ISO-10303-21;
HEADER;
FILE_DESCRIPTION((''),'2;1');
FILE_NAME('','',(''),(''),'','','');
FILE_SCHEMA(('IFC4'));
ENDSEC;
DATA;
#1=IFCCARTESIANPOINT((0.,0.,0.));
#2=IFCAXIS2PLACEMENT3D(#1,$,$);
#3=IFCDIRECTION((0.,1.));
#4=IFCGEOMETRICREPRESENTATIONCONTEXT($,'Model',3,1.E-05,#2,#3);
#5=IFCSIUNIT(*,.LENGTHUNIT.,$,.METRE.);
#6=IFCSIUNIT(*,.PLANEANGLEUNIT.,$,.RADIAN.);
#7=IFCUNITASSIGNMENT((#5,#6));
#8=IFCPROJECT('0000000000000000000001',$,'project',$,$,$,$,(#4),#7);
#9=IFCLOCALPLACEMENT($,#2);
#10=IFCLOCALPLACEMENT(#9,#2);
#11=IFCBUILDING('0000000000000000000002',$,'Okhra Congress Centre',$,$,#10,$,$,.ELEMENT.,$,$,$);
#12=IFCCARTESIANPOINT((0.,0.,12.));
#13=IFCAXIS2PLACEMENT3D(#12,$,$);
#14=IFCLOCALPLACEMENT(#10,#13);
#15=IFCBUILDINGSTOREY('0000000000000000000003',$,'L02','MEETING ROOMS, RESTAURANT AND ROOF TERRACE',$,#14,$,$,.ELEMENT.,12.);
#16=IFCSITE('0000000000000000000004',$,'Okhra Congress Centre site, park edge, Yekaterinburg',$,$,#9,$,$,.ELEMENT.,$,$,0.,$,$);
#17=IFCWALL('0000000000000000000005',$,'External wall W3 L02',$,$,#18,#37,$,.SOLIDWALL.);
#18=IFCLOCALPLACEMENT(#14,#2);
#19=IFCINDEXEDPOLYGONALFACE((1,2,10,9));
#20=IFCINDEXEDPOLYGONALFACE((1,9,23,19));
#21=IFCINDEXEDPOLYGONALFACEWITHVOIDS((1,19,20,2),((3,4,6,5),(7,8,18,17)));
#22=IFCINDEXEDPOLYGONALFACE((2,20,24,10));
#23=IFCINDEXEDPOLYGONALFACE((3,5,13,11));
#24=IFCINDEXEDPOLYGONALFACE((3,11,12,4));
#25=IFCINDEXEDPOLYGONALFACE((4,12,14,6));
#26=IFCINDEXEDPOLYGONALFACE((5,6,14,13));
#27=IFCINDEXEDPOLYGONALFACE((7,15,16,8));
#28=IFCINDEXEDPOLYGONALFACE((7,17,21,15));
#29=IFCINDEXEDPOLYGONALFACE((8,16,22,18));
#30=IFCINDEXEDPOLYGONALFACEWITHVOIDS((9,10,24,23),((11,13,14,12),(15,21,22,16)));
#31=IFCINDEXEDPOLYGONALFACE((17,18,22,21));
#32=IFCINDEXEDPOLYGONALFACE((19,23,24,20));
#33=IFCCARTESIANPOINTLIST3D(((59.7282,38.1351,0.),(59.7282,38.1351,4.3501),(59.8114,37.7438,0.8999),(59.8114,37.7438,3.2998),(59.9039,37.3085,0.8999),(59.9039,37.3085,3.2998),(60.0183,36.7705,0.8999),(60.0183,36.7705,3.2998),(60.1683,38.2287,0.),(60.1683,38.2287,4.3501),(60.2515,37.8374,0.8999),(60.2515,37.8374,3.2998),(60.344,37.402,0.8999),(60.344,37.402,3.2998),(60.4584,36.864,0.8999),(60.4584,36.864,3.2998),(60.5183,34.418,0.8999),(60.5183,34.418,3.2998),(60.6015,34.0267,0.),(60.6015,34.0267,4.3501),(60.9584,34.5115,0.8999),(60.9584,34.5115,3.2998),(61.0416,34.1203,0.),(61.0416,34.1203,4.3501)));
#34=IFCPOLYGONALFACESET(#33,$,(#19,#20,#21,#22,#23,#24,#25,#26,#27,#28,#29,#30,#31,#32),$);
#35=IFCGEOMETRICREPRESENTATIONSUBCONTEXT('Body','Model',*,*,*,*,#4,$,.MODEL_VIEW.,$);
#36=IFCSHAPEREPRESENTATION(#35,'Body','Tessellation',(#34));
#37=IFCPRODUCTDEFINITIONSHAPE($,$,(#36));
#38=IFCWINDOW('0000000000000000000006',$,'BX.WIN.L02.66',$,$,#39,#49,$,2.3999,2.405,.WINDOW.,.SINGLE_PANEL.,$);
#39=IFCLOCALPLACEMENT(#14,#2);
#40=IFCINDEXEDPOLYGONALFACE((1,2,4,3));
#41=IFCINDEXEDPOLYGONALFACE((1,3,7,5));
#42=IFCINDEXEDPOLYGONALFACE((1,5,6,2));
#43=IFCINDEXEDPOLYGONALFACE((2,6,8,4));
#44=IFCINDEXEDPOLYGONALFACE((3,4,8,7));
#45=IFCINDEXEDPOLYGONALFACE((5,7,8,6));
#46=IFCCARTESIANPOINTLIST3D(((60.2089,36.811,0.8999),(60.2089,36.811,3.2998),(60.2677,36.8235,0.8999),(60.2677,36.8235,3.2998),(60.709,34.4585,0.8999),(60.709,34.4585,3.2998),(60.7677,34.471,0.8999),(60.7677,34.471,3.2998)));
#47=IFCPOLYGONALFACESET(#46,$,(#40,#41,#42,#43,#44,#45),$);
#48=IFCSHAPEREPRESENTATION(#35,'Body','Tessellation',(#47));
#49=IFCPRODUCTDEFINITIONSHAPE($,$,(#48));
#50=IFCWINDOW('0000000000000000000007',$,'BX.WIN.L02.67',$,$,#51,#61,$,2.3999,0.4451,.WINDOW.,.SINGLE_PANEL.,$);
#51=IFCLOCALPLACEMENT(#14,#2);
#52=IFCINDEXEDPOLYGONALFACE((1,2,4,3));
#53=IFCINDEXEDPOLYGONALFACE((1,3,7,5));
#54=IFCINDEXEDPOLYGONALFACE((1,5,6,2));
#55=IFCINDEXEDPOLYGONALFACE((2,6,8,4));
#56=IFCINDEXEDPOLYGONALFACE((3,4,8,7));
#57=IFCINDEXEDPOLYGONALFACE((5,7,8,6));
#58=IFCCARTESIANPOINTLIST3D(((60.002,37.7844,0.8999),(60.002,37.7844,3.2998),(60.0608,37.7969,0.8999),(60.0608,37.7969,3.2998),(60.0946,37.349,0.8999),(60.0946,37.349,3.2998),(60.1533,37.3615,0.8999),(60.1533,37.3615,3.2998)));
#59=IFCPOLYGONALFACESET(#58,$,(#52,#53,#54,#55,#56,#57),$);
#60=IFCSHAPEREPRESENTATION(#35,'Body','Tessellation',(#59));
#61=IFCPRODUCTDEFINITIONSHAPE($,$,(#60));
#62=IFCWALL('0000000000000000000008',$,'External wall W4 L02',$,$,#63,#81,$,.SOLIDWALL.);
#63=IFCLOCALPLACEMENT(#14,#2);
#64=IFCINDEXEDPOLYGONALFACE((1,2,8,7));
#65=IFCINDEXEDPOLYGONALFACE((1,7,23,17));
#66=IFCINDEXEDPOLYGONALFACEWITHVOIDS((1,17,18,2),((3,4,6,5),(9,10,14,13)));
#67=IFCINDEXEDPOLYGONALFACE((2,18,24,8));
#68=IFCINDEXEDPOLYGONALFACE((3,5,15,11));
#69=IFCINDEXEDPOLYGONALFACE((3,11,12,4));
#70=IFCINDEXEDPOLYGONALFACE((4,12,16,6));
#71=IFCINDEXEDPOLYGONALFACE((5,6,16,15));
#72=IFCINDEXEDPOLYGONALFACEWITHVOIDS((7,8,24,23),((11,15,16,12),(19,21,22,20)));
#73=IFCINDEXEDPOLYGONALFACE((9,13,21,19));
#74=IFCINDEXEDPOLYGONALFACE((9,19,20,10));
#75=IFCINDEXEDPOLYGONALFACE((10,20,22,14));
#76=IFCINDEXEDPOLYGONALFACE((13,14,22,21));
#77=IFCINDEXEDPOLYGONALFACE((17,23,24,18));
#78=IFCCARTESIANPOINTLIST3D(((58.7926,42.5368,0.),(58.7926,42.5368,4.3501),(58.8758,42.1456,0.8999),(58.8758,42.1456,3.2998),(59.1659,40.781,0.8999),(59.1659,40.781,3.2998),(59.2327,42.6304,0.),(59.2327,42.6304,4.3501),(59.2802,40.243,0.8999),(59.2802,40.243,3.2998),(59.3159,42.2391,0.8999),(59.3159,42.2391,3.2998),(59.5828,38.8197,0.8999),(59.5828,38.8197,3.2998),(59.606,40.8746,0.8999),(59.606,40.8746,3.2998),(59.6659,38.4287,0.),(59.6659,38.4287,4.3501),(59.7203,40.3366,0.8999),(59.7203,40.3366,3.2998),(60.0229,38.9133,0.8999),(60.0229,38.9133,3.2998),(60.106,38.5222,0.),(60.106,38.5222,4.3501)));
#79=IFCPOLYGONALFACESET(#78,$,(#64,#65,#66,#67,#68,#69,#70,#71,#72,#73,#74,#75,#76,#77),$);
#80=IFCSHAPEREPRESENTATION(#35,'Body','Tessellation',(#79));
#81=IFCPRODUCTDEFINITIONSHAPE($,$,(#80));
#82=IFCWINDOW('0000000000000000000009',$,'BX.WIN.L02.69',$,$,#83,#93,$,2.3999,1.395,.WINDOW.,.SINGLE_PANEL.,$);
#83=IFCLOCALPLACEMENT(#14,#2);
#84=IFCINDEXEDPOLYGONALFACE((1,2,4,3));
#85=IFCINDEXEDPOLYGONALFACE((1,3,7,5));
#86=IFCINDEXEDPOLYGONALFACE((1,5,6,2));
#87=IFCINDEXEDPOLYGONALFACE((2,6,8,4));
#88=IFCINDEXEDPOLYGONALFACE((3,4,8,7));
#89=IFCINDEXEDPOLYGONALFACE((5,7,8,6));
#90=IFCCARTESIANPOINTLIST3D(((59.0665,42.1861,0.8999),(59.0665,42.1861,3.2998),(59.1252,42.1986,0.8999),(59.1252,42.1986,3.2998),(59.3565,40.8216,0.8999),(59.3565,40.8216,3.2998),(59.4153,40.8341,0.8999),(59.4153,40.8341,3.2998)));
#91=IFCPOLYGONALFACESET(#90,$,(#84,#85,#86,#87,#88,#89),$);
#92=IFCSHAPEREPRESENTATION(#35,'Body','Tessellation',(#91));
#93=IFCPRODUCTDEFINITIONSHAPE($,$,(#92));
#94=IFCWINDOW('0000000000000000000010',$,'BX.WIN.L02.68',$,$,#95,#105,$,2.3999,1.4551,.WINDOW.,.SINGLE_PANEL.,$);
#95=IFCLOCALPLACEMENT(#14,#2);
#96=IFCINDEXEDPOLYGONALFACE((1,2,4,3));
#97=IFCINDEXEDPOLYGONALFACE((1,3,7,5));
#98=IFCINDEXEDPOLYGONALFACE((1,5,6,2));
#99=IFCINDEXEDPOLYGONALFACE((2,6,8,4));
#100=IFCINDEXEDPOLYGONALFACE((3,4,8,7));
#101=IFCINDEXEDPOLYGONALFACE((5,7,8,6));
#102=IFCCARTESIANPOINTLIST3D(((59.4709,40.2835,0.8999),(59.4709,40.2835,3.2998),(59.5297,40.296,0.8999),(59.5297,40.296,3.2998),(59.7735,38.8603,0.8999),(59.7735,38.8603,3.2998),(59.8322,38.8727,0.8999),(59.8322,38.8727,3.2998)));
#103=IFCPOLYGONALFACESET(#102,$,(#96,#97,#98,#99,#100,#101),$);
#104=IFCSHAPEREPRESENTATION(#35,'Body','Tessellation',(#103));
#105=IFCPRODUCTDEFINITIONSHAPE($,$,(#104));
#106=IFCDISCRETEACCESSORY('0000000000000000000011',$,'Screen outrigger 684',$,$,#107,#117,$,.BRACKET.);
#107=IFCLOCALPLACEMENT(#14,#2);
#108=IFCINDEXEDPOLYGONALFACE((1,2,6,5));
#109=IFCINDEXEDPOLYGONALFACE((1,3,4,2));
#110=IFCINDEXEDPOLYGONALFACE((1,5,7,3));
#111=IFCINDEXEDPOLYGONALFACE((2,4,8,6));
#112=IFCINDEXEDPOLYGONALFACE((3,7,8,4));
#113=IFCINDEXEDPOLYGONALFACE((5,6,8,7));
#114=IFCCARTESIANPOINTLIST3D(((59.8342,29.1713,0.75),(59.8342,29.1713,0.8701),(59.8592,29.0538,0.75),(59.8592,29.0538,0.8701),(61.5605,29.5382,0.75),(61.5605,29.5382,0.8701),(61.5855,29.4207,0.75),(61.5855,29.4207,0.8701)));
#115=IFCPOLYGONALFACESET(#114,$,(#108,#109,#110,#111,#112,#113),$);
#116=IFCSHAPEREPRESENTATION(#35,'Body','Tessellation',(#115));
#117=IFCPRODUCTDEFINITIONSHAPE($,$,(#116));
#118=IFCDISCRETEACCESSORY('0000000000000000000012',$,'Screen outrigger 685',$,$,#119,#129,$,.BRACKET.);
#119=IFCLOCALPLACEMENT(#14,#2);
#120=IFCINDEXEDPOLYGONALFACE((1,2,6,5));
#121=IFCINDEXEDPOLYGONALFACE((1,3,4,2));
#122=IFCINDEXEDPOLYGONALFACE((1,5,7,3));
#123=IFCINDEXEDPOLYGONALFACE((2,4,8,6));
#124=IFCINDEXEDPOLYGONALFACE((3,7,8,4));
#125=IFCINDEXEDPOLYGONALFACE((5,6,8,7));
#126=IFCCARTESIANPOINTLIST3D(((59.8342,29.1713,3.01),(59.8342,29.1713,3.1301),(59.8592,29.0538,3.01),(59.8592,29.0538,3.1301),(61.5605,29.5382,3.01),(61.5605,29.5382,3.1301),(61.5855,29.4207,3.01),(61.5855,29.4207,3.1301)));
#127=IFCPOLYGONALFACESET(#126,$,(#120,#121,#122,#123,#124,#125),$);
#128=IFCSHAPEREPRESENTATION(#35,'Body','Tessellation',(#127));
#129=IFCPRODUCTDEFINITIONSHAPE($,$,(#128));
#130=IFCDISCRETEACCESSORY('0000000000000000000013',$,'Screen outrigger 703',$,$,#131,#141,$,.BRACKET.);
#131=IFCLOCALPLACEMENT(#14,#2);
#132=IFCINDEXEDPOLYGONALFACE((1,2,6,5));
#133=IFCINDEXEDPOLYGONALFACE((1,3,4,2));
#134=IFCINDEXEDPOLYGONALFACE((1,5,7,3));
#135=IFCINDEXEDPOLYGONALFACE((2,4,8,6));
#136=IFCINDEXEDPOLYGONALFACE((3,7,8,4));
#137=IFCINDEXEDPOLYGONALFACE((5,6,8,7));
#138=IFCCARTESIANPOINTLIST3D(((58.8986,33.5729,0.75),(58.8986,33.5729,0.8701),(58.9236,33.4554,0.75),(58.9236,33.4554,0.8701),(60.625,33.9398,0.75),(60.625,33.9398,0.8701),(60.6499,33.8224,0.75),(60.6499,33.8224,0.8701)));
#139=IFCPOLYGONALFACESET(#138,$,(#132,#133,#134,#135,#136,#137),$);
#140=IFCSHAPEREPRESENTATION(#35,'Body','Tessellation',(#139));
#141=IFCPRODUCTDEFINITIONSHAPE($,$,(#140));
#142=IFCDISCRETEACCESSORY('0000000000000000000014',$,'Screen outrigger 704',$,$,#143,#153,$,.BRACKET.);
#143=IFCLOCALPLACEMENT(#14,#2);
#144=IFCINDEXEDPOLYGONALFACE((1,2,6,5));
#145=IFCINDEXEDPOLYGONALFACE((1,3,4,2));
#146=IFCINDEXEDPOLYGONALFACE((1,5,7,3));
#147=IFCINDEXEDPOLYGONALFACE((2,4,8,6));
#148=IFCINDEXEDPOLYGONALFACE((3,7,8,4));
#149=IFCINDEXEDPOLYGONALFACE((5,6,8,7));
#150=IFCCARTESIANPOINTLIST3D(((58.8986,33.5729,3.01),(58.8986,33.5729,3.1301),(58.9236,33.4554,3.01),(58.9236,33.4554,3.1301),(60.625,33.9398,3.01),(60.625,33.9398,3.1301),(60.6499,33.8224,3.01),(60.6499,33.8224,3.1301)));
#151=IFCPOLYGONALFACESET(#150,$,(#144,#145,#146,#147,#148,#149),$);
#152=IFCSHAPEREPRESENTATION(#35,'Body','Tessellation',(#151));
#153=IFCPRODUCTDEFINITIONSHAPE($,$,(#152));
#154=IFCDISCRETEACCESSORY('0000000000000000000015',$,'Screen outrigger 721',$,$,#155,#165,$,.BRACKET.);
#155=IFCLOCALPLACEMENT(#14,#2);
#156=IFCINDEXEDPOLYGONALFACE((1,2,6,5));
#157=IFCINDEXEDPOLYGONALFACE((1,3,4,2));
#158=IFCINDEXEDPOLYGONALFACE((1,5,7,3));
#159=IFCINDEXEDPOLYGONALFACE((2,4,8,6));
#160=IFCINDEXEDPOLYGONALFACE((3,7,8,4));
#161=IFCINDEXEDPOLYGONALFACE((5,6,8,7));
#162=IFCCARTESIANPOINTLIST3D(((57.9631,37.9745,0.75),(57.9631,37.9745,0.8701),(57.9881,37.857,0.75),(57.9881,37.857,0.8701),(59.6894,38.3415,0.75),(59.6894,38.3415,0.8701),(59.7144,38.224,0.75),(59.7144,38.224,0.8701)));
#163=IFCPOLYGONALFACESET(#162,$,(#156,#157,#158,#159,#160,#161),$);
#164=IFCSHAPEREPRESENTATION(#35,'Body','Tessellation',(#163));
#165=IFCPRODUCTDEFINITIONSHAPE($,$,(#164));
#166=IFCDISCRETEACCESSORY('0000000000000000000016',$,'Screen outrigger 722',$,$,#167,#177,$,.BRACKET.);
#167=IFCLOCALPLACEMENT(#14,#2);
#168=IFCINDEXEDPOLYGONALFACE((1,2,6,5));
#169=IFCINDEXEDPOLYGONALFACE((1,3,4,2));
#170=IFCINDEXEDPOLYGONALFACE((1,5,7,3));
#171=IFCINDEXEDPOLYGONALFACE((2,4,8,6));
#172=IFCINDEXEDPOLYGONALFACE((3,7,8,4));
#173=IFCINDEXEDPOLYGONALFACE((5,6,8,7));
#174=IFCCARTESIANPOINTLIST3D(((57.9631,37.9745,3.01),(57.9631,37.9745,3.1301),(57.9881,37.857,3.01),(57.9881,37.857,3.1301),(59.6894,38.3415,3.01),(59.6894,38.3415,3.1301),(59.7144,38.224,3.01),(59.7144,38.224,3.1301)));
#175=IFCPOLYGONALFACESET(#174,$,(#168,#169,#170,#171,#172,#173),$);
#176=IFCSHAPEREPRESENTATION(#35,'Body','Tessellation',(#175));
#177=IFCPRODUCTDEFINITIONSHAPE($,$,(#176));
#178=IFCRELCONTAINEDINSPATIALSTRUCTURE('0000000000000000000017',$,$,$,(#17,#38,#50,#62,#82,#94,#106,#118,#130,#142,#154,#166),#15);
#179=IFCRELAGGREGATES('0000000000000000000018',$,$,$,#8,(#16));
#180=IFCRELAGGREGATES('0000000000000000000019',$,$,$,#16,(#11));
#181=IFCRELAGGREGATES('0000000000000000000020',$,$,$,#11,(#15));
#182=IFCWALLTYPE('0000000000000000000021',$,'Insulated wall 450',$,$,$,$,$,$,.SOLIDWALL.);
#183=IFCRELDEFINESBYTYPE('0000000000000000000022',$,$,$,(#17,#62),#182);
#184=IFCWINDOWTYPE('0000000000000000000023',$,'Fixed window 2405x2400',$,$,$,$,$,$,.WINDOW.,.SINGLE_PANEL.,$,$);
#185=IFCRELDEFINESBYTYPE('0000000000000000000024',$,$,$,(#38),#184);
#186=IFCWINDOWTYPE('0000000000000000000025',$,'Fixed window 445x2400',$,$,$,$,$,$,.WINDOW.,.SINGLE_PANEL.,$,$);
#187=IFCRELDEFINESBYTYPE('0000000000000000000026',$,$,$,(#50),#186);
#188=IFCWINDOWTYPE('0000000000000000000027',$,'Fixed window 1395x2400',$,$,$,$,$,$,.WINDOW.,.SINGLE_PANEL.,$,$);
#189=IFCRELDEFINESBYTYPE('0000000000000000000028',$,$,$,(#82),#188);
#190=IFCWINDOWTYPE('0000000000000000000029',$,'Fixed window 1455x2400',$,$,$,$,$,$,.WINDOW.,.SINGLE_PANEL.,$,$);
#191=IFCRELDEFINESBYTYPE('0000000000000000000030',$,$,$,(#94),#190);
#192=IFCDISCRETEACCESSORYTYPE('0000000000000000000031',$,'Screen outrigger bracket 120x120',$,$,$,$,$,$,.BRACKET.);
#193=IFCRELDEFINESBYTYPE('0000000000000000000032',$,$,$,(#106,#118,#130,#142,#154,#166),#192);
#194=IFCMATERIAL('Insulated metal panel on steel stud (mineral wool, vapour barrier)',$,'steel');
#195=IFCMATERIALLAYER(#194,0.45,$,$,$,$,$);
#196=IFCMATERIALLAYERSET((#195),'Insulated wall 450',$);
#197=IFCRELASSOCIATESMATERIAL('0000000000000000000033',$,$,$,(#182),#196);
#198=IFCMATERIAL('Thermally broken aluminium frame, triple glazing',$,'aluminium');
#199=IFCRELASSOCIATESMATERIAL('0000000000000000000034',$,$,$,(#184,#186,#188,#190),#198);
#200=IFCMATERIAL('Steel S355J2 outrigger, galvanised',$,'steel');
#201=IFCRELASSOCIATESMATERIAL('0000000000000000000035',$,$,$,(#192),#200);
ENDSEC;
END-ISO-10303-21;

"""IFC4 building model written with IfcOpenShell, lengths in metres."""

from ifc_helpers import new_model, si_unit, direction, frame, frame_2d, origin, origin_2d, place, context, subcontext, project, spatial, rectangle, extrude, material, layer, layer_set, material_profile, profile_set, type_object, element, fill, save


model = new_model("IFC4")

# Units and contexts
model_context = context("Model", 3, precision=1e-05, world=origin(), true_north=direction((0.0, 1.0)))
body_context = subcontext(model_context, "Body", "Model", "MODEL_VIEW")
ifc_project = project(units=[si_unit("LENGTHUNIT", "METRE"), si_unit("PLANEANGLEUNIT", "RADIAN")], contexts=[model_context])

# Site, building, storey
site_placement = place(None, origin())
site = spatial("IfcSite", under=ifc_project, at=site_placement, Name="Okhra Congress Centre site, park edge, Yekaterinburg", CompositionType="ELEMENT", RefElevation=0.0)
building_placement = place(site_placement, origin())
building = spatial("IfcBuilding", under=site, at=building_placement, Name="Okhra Congress Centre", CompositionType="ELEMENT")
storey_placement = place(building_placement, frame((0.0, 0.0, 12.0)))
storey = spatial("IfcBuildingStorey", under=building, at=storey_placement, Name="L02", Description="MEETING ROOMS, RESTAURANT AND ROOF TERRACE", CompositionType="ELEMENT", Elevation=12.0)

# Walls, openings, windows
ifc_material_1 = material(Name="Insulated metal panel on steel stud (mineral wool, vapour barrier)", Category="steel")
ifc_layer_1 = layer(ifc_material_1, 0.45)
ifc_layer_set_1 = layer_set([ifc_layer_1], Name="Insulated wall 450")
wall_type = type_object("IfcWallType", Name="Insulated wall 450", PredefinedType="SOLIDWALL", material=ifc_layer_set_1)
wall_1_placement = place(storey_placement, frame((60.8215, 34.0735, 0.0), z_axis=(0.0, 0.0, 1.0), x_axis=(-0.207917, 0.978146, 0.0)))
wall_1 = element("IfcWall", 1, at=wall_1_placement, inside=storey, type_object=wall_type, Name="External wall W3 L02", PredefinedType="SOLIDWALL", context=body_context, shape_type="SweptSolid", body=[
    extrude(rectangle(XDim=4.2002, YDim=0.45, at=frame_2d((2.1001, 0.0))), origin(), (0.0, 0.0, 1.0), 4.3501),
])
opening_1_placement = place(wall_1_placement, frame((0.3999, 0.0, 0.8999)))
opening_1 = element("IfcOpeningElement", 2, at=opening_1_placement, cuts=wall_1, PredefinedType="OPENING", context=body_context, shape_type="SweptSolid", body=[
    extrude(rectangle(XDim=2.405, YDim=2.3999, at=frame_2d((1.2026, 1.2))), frame((0.0, 0.2349, 0.0), z_axis=(0.0, -1.0, 0.0), x_axis=(1.0, 0.0, 0.0)), (0.0, 0.0, 1.0), 0.47),
])
opening_2_placement = place(wall_1_placement, frame((3.355, 0.0, 0.8999)))
opening_2 = element("IfcOpeningElement", 3, at=opening_2_placement, cuts=wall_1, PredefinedType="OPENING", context=body_context, shape_type="SweptSolid", body=[
    extrude(rectangle(XDim=0.4451, YDim=2.3999, at=frame_2d((0.2227, 1.2))), frame((0.0, 0.2349, 0.0), z_axis=(0.0, -1.0, 0.0), x_axis=(1.0, 0.0, 0.0)), (0.0, 0.0, 1.0), 0.47),
])
ifc_material_2 = material(Name="Thermally broken aluminium frame, triple glazing", Category="aluminium")
window_type_1 = type_object("IfcWindowType", Name="Fixed window 2405x2400", PartitioningType="SINGLE_PANEL", PredefinedType="WINDOW", material=ifc_material_2)
window_1_placement = place(opening_1_placement, origin())
window_1 = element("IfcWindow", 4, at=window_1_placement, inside=storey, type_object=window_type_1, Name="BX.WIN.L02.66", OverallHeight=2.3999, OverallWidth=2.405, PartitioningType="SINGLE_PANEL", PredefinedType="WINDOW", context=body_context, shape_type="SweptSolid", body=[
    extrude(rectangle(XDim=2.405, YDim=2.3999, at=frame_2d((1.2026, 1.2))), frame((0.0, 0.03, 0.0), z_axis=(0.0, -1.0, 0.0), x_axis=(1.0, 0.0, 0.0)), (0.0, 0.0, 1.0), 0.0601),
])
fill(opening_1, window_1)
window_type_2 = type_object("IfcWindowType", Name="Fixed window 445x2400", PartitioningType="SINGLE_PANEL", PredefinedType="WINDOW", material=ifc_material_2)
window_2_placement = place(opening_2_placement, origin())
window_2 = element("IfcWindow", 5, at=window_2_placement, inside=storey, type_object=window_type_2, Name="BX.WIN.L02.67", OverallHeight=2.3999, OverallWidth=0.4451, PartitioningType="SINGLE_PANEL", PredefinedType="WINDOW", context=body_context, shape_type="SweptSolid", body=[
    extrude(rectangle(XDim=0.4451, YDim=2.3999, at=frame_2d((0.2227, 1.2))), frame((0.0, 0.03, 0.0), z_axis=(0.0, -1.0, 0.0), x_axis=(1.0, 0.0, 0.0)), (0.0, 0.0, 1.0), 0.0601),
])
fill(opening_2, window_2)
wall_2_placement = place(storey_placement, frame((59.886, 38.4753, 0.0), z_axis=(0.0, 0.0, 1.0), x_axis=(-0.207929, 0.978144, 0.0)))
wall_2 = element("IfcWall", 6, at=wall_2_placement, inside=storey, type_object=wall_type, Name="External wall W4 L02", PredefinedType="SOLIDWALL", context=body_context, shape_type="SweptSolid", body=[
    extrude(rectangle(XDim=4.2, YDim=0.45, at=frame_2d((2.1001, 0.0))), origin(), (0.0, 0.0, 1.0), 4.3501),
])
opening_3_placement = place(wall_2_placement, frame((0.3999, 0.0, 0.8999)))
opening_3 = element("IfcOpeningElement", 7, at=opening_3_placement, cuts=wall_2, PredefinedType="OPENING", context=body_context, shape_type="SweptSolid", body=[
    extrude(rectangle(XDim=1.4551, YDim=2.3999, at=frame_2d((0.7275, 1.2))), frame((0.0, 0.2349, 0.0), z_axis=(0.0, -1.0, 0.0), x_axis=(1.0, 0.0, 0.0)), (0.0, 0.0, 1.0), 0.47),
])
opening_4_placement = place(wall_2_placement, frame((2.405, 0.0, 0.8999)))
opening_4 = element("IfcOpeningElement", 8, at=opening_4_placement, cuts=wall_2, PredefinedType="OPENING", context=body_context, shape_type="SweptSolid", body=[
    extrude(rectangle(XDim=1.395, YDim=2.3999, at=frame_2d((0.6975, 1.2))), frame((0.0, 0.2349, 0.0), z_axis=(0.0, -1.0, 0.0), x_axis=(1.0, 0.0, 0.0)), (0.0, 0.0, 1.0), 0.47),
])
window_type_3 = type_object("IfcWindowType", Name="Fixed window 1395x2400", PartitioningType="SINGLE_PANEL", PredefinedType="WINDOW", material=ifc_material_2)
window_3_placement = place(opening_4_placement, origin())
window_3 = element("IfcWindow", 9, at=window_3_placement, inside=storey, type_object=window_type_3, Name="BX.WIN.L02.69", OverallHeight=2.3999, OverallWidth=1.395, PartitioningType="SINGLE_PANEL", PredefinedType="WINDOW", context=body_context, shape_type="SweptSolid", body=[
    extrude(rectangle(XDim=1.395, YDim=2.3999, at=frame_2d((0.6975, 1.2))), frame((0.0, 0.03, 0.0), z_axis=(0.0, -1.0, 0.0), x_axis=(1.0, 0.0, 0.0)), (0.0, 0.0, 1.0), 0.0601),
])
fill(opening_4, window_3)
window_type_4 = type_object("IfcWindowType", Name="Fixed window 1455x2400", PartitioningType="SINGLE_PANEL", PredefinedType="WINDOW", material=ifc_material_2)
window_4_placement = place(opening_3_placement, origin())
window_4 = element("IfcWindow", 10, at=window_4_placement, inside=storey, type_object=window_type_4, Name="BX.WIN.L02.68", OverallHeight=2.3999, OverallWidth=1.4551, PartitioningType="SINGLE_PANEL", PredefinedType="WINDOW", context=body_context, shape_type="SweptSolid", body=[
    extrude(rectangle(XDim=1.4551, YDim=2.3999, at=frame_2d((0.7275, 1.2))), frame((0.0, 0.03, 0.0), z_axis=(0.0, -1.0, 0.0), x_axis=(1.0, 0.0, 0.0)), (0.0, 0.0, 1.0), 0.0601),
])
fill(opening_3, window_4)

# Discrete accessories
ifc_material_3 = material(Name="Steel S355J2 outrigger, galvanised", Category="steel")
ifc_material_profile_1 = material_profile(ifc_material_3, rectangle(XDim=0.1201, YDim=0.1201, at=origin_2d()), Name="Screen outrigger bracket 120x120")
ifc_profile_set_1 = profile_set([ifc_material_profile_1], Name="Steel S355J2 outrigger, galvanised")
discrete_accessory_type = type_object("IfcDiscreteAccessoryType", Name="Screen outrigger bracket 120x120", PredefinedType="BRACKET", material=ifc_profile_set_1)
for number, where, z_axis, x_axis, name in (
    (11, (61.573, 29.4795, 0.8101), (-0.978147, -0.207913, 0.0), (0.207913, -0.978147, 0.0), "Screen outrigger 684"),
    (12, (61.573, 29.4795, 3.0701), (-0.978147, -0.207913, 0.0), (0.207913, -0.978147, 0.0), "Screen outrigger 685"),
    (13, (60.6375, 33.8811, 0.8101), (-0.978147, -0.207913, 0.0), (0.207913, -0.978147, 0.0), "Screen outrigger 703"),
    (14, (60.6375, 33.8811, 3.0701), (-0.978147, -0.207913, 0.0), (0.207913, -0.978147, 0.0), "Screen outrigger 704"),
    (15, (59.7019, 38.2827, 0.8101), (-0.978147, -0.207913, 0.0), (0.207913, -0.978147, 0.0), "Screen outrigger 721"),
    (16, (59.7019, 38.2827, 3.0701), (-0.978147, -0.207913, 0.0), (0.207913, -0.978147, 0.0), "Screen outrigger 722"),
):
    element("IfcDiscreteAccessory", number, at=place(storey_placement, frame(where, z_axis=z_axis, x_axis=x_axis)), inside=storey, type_object=discrete_accessory_type, Name=name, PredefinedType="BRACKET", context=body_context, shape_type="SweptSolid", body=[
        extrude(rectangle(XDim=0.1201, YDim=0.1201, at=origin_2d()), origin(), (0.0, 0.0, 1.0), 1.7649),
    ])

save(model, "model.ifc")
